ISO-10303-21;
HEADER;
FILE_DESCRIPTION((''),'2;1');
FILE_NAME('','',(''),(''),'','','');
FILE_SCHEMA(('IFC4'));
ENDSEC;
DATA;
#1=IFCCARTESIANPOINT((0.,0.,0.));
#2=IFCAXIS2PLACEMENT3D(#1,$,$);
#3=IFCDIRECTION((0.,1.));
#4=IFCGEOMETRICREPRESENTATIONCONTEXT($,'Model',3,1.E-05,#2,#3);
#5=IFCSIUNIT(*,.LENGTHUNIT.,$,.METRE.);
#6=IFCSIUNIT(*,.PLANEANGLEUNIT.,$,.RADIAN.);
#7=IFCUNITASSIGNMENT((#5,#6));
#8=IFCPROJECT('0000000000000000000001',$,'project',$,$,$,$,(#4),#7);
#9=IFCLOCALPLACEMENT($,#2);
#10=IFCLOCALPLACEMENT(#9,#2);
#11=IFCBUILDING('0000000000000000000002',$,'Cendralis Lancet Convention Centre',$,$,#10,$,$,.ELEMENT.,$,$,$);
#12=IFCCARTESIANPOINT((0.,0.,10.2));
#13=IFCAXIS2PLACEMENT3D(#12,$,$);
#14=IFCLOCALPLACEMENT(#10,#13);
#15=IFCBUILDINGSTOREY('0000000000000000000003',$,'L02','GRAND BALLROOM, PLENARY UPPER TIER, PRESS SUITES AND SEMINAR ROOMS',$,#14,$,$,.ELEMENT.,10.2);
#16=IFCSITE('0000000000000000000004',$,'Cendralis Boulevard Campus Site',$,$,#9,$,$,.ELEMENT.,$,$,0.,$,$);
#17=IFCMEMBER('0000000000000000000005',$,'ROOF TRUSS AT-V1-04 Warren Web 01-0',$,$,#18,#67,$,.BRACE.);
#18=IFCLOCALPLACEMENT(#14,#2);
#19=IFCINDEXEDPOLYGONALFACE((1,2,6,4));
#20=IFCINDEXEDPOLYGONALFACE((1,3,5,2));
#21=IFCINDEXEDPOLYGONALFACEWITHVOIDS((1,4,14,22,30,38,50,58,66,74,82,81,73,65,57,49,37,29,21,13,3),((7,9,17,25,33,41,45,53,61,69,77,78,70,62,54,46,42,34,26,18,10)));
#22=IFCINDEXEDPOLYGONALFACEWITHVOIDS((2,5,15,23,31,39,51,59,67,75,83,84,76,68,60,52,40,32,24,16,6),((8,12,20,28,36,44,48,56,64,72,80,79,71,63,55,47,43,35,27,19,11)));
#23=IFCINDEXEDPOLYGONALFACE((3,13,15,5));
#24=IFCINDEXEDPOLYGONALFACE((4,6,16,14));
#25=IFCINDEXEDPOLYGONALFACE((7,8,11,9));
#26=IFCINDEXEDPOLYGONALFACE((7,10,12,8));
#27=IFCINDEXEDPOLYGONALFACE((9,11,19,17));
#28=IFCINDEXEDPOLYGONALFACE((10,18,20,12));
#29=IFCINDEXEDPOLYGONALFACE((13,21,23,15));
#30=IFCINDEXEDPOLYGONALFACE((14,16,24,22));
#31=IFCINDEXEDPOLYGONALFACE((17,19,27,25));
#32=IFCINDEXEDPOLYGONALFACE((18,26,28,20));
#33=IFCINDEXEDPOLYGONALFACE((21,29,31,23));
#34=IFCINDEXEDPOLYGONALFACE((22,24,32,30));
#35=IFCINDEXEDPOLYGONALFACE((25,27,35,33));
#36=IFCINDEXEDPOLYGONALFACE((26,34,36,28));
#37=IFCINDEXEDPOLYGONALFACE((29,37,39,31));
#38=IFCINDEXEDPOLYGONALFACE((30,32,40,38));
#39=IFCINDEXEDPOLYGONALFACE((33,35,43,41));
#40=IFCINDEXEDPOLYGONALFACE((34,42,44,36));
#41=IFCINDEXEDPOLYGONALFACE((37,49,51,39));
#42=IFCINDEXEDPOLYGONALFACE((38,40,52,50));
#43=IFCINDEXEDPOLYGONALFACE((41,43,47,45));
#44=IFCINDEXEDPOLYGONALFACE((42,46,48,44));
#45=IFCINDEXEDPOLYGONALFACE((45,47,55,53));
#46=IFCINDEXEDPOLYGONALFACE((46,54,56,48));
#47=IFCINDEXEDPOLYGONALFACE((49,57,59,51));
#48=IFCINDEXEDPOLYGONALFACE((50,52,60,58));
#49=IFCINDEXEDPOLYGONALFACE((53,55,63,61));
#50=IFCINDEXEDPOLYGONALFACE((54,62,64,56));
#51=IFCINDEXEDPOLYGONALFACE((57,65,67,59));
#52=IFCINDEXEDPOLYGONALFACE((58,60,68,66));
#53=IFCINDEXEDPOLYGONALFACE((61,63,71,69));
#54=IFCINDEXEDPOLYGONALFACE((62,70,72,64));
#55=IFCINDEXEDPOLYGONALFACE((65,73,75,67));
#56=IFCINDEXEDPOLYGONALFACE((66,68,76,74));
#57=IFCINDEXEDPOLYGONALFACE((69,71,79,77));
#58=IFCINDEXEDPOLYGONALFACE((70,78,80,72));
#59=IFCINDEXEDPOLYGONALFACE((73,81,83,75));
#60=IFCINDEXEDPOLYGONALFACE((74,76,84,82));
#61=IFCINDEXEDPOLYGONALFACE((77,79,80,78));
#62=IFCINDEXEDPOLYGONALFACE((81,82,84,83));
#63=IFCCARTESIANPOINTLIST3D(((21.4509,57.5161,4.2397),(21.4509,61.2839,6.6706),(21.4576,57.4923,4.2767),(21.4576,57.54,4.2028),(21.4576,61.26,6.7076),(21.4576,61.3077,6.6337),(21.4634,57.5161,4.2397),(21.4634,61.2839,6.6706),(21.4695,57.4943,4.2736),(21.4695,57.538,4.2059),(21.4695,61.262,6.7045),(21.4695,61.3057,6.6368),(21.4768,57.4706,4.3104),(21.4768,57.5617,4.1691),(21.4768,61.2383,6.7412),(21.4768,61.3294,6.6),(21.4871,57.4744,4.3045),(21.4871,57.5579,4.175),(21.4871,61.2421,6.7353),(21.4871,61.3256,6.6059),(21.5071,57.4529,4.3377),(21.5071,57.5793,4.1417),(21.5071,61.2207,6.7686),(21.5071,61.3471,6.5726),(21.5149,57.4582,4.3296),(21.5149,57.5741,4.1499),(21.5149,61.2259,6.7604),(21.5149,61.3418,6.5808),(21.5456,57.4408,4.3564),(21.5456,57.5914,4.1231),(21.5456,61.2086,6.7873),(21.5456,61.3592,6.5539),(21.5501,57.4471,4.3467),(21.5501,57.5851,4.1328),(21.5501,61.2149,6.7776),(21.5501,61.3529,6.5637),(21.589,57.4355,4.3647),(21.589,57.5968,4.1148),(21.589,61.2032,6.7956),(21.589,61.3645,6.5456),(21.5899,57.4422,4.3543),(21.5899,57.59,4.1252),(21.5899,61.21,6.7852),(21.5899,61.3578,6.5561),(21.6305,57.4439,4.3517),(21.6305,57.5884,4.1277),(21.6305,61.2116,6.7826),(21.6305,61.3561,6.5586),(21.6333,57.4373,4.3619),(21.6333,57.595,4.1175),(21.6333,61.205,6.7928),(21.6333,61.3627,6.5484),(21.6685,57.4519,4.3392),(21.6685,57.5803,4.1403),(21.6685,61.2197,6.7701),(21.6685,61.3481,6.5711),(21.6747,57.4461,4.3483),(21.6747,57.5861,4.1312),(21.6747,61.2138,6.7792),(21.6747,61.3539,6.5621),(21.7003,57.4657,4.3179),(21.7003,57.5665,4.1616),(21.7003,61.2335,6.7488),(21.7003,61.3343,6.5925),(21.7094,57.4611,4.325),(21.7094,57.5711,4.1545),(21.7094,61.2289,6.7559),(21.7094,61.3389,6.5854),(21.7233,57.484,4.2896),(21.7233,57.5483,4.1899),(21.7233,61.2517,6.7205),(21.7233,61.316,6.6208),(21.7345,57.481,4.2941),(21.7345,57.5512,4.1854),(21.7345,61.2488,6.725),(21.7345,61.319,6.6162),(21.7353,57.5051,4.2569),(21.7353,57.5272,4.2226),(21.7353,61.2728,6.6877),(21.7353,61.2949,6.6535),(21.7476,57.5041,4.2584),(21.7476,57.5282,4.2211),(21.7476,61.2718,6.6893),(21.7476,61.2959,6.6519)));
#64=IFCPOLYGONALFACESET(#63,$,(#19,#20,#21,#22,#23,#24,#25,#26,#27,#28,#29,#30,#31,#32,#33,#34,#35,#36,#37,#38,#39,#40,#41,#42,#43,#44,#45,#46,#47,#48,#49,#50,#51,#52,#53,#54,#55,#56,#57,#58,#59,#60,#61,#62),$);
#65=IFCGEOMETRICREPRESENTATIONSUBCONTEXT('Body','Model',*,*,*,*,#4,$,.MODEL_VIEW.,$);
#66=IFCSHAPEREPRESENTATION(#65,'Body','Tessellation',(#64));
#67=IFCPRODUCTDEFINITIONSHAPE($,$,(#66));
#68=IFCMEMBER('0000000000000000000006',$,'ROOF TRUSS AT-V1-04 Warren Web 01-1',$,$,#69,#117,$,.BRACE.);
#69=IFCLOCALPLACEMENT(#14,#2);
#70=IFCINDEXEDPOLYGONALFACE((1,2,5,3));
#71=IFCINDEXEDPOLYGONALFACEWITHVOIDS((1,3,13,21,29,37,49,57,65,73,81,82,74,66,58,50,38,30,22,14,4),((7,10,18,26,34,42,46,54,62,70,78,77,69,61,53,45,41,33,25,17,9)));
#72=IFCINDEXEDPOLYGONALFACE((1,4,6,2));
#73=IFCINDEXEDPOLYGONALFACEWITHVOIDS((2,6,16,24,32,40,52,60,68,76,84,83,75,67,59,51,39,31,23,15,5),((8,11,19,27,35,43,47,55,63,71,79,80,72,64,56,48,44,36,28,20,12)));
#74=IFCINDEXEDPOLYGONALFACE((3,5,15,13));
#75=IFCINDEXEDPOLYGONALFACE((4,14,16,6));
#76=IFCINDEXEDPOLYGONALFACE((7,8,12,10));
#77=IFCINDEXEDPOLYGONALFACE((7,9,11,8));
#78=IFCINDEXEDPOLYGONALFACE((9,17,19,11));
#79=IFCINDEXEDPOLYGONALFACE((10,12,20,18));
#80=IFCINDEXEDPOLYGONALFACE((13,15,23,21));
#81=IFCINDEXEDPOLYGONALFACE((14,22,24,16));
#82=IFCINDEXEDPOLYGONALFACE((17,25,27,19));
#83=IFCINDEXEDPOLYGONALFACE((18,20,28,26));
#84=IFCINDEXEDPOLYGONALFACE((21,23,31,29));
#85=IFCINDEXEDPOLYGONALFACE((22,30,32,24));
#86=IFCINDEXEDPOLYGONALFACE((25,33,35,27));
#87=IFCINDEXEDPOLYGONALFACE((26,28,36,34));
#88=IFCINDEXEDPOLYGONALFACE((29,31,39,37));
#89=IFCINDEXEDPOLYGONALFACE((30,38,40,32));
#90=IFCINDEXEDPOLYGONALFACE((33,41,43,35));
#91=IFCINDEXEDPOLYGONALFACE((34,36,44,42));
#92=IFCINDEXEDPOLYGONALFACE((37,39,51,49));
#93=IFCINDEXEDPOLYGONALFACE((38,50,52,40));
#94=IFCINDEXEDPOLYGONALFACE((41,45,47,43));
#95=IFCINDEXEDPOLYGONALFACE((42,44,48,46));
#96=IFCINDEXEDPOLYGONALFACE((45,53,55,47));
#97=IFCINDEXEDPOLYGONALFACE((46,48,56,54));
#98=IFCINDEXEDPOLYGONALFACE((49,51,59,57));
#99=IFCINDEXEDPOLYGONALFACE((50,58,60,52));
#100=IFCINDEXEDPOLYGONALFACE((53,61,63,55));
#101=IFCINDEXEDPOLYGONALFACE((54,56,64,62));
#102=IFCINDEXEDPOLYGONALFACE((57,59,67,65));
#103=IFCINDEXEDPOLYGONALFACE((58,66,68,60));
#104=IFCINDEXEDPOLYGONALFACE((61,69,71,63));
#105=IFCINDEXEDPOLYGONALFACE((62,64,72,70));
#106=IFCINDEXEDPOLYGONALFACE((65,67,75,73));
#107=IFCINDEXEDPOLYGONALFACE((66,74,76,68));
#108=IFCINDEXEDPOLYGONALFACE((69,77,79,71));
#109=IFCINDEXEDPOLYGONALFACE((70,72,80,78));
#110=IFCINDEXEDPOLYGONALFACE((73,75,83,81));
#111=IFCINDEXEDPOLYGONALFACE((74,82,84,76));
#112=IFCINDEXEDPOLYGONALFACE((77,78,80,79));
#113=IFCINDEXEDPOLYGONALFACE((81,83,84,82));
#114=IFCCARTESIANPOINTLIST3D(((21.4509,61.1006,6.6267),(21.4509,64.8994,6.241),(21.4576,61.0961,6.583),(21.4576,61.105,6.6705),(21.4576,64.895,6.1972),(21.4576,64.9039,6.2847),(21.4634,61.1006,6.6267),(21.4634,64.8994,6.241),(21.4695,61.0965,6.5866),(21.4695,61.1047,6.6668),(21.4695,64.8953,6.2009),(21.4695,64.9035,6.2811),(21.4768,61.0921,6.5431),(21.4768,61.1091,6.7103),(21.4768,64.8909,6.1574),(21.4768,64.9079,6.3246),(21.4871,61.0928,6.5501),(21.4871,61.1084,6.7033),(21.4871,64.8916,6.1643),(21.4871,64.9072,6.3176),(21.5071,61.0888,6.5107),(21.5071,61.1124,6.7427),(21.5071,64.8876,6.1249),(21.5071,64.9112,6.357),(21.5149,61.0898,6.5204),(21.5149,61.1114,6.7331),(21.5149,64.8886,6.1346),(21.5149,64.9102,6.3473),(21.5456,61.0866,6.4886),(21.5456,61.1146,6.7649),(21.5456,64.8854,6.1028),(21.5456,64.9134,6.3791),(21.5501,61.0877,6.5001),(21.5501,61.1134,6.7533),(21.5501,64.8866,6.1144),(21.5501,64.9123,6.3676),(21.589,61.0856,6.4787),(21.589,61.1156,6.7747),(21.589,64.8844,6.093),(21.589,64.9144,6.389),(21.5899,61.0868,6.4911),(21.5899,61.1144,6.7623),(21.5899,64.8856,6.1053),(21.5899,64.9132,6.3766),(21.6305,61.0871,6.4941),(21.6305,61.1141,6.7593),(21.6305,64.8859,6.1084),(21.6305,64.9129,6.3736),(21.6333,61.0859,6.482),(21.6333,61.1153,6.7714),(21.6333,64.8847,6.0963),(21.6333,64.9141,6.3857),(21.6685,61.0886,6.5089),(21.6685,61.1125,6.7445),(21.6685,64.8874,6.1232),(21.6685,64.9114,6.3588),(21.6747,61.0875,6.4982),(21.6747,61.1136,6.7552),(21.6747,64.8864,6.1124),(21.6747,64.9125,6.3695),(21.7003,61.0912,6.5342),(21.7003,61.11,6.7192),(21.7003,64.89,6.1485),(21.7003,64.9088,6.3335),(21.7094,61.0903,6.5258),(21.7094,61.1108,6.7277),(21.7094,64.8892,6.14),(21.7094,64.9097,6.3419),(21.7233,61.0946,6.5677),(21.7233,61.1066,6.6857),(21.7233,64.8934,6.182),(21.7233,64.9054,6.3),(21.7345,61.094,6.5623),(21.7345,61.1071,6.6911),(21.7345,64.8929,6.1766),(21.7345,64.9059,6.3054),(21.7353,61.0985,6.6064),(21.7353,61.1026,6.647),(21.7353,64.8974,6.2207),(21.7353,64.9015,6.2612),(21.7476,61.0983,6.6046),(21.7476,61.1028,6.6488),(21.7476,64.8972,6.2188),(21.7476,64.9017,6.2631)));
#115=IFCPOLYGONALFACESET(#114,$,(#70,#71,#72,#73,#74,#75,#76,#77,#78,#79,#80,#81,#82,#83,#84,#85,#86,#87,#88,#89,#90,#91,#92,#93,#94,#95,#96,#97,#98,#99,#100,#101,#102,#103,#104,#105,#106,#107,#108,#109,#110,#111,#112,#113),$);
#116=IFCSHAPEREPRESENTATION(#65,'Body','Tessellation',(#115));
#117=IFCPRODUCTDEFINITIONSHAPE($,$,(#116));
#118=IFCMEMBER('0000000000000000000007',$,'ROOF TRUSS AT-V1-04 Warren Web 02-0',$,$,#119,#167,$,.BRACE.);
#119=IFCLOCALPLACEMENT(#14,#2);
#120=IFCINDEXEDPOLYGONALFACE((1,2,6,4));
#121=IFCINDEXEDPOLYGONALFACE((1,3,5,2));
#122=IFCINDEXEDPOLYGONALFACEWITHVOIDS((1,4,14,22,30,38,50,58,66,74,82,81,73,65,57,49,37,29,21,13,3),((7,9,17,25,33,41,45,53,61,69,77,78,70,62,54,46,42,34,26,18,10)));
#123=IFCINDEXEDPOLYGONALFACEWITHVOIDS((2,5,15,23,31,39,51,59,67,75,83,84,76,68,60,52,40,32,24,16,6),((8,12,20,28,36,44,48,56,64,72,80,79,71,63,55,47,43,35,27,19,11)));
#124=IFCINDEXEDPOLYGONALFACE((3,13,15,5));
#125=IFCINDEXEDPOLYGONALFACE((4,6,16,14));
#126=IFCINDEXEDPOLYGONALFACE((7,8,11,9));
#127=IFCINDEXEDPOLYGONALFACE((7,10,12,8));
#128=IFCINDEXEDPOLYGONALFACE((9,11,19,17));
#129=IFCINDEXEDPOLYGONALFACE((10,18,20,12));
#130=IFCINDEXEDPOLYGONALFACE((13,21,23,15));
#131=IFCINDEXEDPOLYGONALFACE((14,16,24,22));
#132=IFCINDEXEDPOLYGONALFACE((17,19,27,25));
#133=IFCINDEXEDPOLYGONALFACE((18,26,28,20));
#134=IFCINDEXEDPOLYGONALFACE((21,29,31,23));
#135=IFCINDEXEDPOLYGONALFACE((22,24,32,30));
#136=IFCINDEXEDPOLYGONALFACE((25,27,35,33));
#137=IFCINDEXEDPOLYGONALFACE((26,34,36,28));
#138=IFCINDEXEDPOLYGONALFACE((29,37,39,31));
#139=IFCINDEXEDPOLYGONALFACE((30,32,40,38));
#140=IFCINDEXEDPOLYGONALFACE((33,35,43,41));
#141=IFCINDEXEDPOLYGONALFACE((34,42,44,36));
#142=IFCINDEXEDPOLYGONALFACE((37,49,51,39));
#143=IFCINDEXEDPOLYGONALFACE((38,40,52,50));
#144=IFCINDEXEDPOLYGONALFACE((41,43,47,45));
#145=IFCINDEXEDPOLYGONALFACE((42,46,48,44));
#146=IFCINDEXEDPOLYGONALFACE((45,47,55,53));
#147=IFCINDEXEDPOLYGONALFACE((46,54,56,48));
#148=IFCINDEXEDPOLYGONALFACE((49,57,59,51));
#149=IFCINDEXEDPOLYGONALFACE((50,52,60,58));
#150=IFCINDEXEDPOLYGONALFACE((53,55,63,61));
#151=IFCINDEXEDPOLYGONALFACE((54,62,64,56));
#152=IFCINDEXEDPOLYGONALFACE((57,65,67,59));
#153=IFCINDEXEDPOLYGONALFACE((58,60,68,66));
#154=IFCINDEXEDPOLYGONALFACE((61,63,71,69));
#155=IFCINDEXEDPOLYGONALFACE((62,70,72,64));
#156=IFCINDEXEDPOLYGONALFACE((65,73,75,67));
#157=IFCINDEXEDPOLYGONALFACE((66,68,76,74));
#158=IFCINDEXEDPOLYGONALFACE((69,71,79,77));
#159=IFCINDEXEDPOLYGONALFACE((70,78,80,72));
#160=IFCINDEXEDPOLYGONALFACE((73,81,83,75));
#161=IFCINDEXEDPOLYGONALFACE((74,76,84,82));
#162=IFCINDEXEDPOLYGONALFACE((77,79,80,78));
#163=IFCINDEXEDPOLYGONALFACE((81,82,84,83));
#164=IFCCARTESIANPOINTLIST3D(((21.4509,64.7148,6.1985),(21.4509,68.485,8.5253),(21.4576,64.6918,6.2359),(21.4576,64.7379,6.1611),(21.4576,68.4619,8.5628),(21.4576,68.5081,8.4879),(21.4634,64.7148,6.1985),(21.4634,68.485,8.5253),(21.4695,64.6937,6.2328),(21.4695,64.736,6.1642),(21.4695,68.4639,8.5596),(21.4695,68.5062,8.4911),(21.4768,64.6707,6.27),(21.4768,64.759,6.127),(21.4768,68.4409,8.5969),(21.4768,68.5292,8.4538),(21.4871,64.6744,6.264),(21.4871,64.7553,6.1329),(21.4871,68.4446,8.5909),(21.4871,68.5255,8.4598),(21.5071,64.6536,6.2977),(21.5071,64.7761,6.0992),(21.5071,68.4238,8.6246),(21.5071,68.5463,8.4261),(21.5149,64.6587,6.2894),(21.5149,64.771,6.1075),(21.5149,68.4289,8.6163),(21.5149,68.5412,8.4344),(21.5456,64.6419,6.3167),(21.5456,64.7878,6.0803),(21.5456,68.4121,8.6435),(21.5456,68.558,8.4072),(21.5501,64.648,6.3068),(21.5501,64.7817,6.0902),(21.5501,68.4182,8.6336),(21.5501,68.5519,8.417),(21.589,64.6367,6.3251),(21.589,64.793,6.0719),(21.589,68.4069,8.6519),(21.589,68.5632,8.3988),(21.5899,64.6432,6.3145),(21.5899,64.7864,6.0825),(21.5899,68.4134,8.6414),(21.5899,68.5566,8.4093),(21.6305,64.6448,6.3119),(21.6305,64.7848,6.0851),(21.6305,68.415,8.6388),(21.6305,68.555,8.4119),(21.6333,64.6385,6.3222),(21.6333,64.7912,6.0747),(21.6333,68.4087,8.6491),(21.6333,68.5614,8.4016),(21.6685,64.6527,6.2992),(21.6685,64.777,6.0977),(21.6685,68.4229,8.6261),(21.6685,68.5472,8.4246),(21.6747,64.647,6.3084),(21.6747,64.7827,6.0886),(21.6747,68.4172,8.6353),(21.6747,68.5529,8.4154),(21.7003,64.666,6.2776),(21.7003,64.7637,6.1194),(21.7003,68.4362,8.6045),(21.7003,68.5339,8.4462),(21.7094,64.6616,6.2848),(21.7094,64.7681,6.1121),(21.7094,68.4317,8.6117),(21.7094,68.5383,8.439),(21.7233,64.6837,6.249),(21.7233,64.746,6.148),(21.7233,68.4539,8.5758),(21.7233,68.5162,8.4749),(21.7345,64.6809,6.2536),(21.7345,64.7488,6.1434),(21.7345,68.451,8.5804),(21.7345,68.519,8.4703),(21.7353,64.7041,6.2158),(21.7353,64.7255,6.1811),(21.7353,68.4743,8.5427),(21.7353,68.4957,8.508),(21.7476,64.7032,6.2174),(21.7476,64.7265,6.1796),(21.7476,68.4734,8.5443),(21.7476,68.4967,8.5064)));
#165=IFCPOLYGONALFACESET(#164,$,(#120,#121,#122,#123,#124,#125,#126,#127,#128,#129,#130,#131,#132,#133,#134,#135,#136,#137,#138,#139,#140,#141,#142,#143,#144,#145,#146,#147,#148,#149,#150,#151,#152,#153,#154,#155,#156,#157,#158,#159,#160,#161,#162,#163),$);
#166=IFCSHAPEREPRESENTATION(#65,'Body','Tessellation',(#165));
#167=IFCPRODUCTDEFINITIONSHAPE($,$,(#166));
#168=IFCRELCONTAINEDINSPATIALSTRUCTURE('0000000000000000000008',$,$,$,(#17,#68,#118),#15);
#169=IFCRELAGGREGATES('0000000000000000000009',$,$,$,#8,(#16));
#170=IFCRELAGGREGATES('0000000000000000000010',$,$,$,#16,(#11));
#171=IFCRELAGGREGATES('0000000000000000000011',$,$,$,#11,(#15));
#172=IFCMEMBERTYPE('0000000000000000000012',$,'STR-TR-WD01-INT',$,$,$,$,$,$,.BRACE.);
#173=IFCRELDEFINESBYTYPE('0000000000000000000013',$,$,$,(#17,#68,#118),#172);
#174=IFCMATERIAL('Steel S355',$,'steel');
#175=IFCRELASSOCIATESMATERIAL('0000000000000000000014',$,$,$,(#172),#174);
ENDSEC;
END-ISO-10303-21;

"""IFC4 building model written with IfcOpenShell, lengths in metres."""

from ifc_helpers import new_model, si_unit, direction, frame, origin, origin_2d, place, context, subcontext, project, spatial, hollow_circle, extrude, material, material_profile, profile_set, type_object, element, save


model = new_model("IFC4")

# Units and contexts
model_context = context("Model", 3, precision=1e-05, world=origin(), true_north=direction((0.0, 1.0)))
body_context = subcontext(model_context, "Body", "Model", "MODEL_VIEW")
ifc_project = project(units=[si_unit("LENGTHUNIT", "METRE"), si_unit("PLANEANGLEUNIT", "RADIAN")], contexts=[model_context])

# Site, building, storey
site_placement = place(None, origin())
site = spatial("IfcSite", under=ifc_project, at=site_placement, Name="Cendralis Boulevard Campus Site", CompositionType="ELEMENT", RefElevation=0.0)
building_placement = place(site_placement, origin())
building = spatial("IfcBuilding", under=site, at=building_placement, Name="Cendralis Lancet Convention Centre", CompositionType="ELEMENT")
storey_placement = place(building_placement, frame((0.0, 0.0, 10.2)))
storey = spatial("IfcBuildingStorey", under=building, at=storey_placement, Name="L02", Description="GRAND BALLROOM, PLENARY UPPER TIER, PRESS SUITES AND SEMINAR ROOMS", CompositionType="ELEMENT", Elevation=10.2)

# Members
ifc_material = material(Name="Steel S355", Category="steel")
ifc_material_profile_1 = material_profile(ifc_material, hollow_circle(Radius=0.1492, WallThickness=0.0125, at=origin_2d()), Name="CHS 298.5x12.5")
ifc_profile_set_1 = profile_set([ifc_material_profile_1], Name="Steel S355")
member_type_1 = type_object("IfcMemberType", Name="STR-TR-WD01-INT", PredefinedType="BRACE", material=ifc_profile_set_1)
member_1_placement = place(storey_placement, frame((21.6001, 57.5161, 4.2397), z_axis=(0.0, 0.840291, 0.542136), x_axis=(-1.0, 0.0, 0.0)))
element("IfcMember", 1, at=member_1_placement, inside=storey, type_object=member_type_1, Name="ROOF TRUSS AT-V1-04 Warren Web 01-0", PredefinedType="BRACE", context=body_context, shape_type="SweptSolid", body=[
    extrude(hollow_circle(Radius=0.1492, WallThickness=0.0125, at=origin_2d()), origin(), (0.0, 0.0, 1.0), 4.4839),
])
member_2_placement = place(storey_placement, frame((21.6001, 61.1006, 6.6267), z_axis=(0.0, 0.994884, -0.101023), x_axis=(-1.0, 0.0, 0.0)))
element("IfcMember", 2, at=member_2_placement, inside=storey, type_object=member_type_1, Name="ROOF TRUSS AT-V1-04 Warren Web 01-1", PredefinedType="BRACE", context=body_context, shape_type="SweptSolid", body=[
    extrude(hollow_circle(Radius=0.1492, WallThickness=0.0125, at=origin_2d()), origin(), (0.0, 0.0, 1.0), 3.8184),
])
member_3_placement = place(storey_placement, frame((21.6001, 64.7148, 6.1985), z_axis=(0.0, 0.850978, 0.525201), x_axis=(-1.0, 0.0, 0.0)))
element("IfcMember", 3, at=member_3_placement, inside=storey, type_object=member_type_1, Name="ROOF TRUSS AT-V1-04 Warren Web 02-0", PredefinedType="BRACE", context=body_context, shape_type="SweptSolid", body=[
    extrude(hollow_circle(Radius=0.1492, WallThickness=0.0125, at=origin_2d()), origin(), (0.0, 0.0, 1.0), 4.4304),
])

save(model, "model.ifc")
